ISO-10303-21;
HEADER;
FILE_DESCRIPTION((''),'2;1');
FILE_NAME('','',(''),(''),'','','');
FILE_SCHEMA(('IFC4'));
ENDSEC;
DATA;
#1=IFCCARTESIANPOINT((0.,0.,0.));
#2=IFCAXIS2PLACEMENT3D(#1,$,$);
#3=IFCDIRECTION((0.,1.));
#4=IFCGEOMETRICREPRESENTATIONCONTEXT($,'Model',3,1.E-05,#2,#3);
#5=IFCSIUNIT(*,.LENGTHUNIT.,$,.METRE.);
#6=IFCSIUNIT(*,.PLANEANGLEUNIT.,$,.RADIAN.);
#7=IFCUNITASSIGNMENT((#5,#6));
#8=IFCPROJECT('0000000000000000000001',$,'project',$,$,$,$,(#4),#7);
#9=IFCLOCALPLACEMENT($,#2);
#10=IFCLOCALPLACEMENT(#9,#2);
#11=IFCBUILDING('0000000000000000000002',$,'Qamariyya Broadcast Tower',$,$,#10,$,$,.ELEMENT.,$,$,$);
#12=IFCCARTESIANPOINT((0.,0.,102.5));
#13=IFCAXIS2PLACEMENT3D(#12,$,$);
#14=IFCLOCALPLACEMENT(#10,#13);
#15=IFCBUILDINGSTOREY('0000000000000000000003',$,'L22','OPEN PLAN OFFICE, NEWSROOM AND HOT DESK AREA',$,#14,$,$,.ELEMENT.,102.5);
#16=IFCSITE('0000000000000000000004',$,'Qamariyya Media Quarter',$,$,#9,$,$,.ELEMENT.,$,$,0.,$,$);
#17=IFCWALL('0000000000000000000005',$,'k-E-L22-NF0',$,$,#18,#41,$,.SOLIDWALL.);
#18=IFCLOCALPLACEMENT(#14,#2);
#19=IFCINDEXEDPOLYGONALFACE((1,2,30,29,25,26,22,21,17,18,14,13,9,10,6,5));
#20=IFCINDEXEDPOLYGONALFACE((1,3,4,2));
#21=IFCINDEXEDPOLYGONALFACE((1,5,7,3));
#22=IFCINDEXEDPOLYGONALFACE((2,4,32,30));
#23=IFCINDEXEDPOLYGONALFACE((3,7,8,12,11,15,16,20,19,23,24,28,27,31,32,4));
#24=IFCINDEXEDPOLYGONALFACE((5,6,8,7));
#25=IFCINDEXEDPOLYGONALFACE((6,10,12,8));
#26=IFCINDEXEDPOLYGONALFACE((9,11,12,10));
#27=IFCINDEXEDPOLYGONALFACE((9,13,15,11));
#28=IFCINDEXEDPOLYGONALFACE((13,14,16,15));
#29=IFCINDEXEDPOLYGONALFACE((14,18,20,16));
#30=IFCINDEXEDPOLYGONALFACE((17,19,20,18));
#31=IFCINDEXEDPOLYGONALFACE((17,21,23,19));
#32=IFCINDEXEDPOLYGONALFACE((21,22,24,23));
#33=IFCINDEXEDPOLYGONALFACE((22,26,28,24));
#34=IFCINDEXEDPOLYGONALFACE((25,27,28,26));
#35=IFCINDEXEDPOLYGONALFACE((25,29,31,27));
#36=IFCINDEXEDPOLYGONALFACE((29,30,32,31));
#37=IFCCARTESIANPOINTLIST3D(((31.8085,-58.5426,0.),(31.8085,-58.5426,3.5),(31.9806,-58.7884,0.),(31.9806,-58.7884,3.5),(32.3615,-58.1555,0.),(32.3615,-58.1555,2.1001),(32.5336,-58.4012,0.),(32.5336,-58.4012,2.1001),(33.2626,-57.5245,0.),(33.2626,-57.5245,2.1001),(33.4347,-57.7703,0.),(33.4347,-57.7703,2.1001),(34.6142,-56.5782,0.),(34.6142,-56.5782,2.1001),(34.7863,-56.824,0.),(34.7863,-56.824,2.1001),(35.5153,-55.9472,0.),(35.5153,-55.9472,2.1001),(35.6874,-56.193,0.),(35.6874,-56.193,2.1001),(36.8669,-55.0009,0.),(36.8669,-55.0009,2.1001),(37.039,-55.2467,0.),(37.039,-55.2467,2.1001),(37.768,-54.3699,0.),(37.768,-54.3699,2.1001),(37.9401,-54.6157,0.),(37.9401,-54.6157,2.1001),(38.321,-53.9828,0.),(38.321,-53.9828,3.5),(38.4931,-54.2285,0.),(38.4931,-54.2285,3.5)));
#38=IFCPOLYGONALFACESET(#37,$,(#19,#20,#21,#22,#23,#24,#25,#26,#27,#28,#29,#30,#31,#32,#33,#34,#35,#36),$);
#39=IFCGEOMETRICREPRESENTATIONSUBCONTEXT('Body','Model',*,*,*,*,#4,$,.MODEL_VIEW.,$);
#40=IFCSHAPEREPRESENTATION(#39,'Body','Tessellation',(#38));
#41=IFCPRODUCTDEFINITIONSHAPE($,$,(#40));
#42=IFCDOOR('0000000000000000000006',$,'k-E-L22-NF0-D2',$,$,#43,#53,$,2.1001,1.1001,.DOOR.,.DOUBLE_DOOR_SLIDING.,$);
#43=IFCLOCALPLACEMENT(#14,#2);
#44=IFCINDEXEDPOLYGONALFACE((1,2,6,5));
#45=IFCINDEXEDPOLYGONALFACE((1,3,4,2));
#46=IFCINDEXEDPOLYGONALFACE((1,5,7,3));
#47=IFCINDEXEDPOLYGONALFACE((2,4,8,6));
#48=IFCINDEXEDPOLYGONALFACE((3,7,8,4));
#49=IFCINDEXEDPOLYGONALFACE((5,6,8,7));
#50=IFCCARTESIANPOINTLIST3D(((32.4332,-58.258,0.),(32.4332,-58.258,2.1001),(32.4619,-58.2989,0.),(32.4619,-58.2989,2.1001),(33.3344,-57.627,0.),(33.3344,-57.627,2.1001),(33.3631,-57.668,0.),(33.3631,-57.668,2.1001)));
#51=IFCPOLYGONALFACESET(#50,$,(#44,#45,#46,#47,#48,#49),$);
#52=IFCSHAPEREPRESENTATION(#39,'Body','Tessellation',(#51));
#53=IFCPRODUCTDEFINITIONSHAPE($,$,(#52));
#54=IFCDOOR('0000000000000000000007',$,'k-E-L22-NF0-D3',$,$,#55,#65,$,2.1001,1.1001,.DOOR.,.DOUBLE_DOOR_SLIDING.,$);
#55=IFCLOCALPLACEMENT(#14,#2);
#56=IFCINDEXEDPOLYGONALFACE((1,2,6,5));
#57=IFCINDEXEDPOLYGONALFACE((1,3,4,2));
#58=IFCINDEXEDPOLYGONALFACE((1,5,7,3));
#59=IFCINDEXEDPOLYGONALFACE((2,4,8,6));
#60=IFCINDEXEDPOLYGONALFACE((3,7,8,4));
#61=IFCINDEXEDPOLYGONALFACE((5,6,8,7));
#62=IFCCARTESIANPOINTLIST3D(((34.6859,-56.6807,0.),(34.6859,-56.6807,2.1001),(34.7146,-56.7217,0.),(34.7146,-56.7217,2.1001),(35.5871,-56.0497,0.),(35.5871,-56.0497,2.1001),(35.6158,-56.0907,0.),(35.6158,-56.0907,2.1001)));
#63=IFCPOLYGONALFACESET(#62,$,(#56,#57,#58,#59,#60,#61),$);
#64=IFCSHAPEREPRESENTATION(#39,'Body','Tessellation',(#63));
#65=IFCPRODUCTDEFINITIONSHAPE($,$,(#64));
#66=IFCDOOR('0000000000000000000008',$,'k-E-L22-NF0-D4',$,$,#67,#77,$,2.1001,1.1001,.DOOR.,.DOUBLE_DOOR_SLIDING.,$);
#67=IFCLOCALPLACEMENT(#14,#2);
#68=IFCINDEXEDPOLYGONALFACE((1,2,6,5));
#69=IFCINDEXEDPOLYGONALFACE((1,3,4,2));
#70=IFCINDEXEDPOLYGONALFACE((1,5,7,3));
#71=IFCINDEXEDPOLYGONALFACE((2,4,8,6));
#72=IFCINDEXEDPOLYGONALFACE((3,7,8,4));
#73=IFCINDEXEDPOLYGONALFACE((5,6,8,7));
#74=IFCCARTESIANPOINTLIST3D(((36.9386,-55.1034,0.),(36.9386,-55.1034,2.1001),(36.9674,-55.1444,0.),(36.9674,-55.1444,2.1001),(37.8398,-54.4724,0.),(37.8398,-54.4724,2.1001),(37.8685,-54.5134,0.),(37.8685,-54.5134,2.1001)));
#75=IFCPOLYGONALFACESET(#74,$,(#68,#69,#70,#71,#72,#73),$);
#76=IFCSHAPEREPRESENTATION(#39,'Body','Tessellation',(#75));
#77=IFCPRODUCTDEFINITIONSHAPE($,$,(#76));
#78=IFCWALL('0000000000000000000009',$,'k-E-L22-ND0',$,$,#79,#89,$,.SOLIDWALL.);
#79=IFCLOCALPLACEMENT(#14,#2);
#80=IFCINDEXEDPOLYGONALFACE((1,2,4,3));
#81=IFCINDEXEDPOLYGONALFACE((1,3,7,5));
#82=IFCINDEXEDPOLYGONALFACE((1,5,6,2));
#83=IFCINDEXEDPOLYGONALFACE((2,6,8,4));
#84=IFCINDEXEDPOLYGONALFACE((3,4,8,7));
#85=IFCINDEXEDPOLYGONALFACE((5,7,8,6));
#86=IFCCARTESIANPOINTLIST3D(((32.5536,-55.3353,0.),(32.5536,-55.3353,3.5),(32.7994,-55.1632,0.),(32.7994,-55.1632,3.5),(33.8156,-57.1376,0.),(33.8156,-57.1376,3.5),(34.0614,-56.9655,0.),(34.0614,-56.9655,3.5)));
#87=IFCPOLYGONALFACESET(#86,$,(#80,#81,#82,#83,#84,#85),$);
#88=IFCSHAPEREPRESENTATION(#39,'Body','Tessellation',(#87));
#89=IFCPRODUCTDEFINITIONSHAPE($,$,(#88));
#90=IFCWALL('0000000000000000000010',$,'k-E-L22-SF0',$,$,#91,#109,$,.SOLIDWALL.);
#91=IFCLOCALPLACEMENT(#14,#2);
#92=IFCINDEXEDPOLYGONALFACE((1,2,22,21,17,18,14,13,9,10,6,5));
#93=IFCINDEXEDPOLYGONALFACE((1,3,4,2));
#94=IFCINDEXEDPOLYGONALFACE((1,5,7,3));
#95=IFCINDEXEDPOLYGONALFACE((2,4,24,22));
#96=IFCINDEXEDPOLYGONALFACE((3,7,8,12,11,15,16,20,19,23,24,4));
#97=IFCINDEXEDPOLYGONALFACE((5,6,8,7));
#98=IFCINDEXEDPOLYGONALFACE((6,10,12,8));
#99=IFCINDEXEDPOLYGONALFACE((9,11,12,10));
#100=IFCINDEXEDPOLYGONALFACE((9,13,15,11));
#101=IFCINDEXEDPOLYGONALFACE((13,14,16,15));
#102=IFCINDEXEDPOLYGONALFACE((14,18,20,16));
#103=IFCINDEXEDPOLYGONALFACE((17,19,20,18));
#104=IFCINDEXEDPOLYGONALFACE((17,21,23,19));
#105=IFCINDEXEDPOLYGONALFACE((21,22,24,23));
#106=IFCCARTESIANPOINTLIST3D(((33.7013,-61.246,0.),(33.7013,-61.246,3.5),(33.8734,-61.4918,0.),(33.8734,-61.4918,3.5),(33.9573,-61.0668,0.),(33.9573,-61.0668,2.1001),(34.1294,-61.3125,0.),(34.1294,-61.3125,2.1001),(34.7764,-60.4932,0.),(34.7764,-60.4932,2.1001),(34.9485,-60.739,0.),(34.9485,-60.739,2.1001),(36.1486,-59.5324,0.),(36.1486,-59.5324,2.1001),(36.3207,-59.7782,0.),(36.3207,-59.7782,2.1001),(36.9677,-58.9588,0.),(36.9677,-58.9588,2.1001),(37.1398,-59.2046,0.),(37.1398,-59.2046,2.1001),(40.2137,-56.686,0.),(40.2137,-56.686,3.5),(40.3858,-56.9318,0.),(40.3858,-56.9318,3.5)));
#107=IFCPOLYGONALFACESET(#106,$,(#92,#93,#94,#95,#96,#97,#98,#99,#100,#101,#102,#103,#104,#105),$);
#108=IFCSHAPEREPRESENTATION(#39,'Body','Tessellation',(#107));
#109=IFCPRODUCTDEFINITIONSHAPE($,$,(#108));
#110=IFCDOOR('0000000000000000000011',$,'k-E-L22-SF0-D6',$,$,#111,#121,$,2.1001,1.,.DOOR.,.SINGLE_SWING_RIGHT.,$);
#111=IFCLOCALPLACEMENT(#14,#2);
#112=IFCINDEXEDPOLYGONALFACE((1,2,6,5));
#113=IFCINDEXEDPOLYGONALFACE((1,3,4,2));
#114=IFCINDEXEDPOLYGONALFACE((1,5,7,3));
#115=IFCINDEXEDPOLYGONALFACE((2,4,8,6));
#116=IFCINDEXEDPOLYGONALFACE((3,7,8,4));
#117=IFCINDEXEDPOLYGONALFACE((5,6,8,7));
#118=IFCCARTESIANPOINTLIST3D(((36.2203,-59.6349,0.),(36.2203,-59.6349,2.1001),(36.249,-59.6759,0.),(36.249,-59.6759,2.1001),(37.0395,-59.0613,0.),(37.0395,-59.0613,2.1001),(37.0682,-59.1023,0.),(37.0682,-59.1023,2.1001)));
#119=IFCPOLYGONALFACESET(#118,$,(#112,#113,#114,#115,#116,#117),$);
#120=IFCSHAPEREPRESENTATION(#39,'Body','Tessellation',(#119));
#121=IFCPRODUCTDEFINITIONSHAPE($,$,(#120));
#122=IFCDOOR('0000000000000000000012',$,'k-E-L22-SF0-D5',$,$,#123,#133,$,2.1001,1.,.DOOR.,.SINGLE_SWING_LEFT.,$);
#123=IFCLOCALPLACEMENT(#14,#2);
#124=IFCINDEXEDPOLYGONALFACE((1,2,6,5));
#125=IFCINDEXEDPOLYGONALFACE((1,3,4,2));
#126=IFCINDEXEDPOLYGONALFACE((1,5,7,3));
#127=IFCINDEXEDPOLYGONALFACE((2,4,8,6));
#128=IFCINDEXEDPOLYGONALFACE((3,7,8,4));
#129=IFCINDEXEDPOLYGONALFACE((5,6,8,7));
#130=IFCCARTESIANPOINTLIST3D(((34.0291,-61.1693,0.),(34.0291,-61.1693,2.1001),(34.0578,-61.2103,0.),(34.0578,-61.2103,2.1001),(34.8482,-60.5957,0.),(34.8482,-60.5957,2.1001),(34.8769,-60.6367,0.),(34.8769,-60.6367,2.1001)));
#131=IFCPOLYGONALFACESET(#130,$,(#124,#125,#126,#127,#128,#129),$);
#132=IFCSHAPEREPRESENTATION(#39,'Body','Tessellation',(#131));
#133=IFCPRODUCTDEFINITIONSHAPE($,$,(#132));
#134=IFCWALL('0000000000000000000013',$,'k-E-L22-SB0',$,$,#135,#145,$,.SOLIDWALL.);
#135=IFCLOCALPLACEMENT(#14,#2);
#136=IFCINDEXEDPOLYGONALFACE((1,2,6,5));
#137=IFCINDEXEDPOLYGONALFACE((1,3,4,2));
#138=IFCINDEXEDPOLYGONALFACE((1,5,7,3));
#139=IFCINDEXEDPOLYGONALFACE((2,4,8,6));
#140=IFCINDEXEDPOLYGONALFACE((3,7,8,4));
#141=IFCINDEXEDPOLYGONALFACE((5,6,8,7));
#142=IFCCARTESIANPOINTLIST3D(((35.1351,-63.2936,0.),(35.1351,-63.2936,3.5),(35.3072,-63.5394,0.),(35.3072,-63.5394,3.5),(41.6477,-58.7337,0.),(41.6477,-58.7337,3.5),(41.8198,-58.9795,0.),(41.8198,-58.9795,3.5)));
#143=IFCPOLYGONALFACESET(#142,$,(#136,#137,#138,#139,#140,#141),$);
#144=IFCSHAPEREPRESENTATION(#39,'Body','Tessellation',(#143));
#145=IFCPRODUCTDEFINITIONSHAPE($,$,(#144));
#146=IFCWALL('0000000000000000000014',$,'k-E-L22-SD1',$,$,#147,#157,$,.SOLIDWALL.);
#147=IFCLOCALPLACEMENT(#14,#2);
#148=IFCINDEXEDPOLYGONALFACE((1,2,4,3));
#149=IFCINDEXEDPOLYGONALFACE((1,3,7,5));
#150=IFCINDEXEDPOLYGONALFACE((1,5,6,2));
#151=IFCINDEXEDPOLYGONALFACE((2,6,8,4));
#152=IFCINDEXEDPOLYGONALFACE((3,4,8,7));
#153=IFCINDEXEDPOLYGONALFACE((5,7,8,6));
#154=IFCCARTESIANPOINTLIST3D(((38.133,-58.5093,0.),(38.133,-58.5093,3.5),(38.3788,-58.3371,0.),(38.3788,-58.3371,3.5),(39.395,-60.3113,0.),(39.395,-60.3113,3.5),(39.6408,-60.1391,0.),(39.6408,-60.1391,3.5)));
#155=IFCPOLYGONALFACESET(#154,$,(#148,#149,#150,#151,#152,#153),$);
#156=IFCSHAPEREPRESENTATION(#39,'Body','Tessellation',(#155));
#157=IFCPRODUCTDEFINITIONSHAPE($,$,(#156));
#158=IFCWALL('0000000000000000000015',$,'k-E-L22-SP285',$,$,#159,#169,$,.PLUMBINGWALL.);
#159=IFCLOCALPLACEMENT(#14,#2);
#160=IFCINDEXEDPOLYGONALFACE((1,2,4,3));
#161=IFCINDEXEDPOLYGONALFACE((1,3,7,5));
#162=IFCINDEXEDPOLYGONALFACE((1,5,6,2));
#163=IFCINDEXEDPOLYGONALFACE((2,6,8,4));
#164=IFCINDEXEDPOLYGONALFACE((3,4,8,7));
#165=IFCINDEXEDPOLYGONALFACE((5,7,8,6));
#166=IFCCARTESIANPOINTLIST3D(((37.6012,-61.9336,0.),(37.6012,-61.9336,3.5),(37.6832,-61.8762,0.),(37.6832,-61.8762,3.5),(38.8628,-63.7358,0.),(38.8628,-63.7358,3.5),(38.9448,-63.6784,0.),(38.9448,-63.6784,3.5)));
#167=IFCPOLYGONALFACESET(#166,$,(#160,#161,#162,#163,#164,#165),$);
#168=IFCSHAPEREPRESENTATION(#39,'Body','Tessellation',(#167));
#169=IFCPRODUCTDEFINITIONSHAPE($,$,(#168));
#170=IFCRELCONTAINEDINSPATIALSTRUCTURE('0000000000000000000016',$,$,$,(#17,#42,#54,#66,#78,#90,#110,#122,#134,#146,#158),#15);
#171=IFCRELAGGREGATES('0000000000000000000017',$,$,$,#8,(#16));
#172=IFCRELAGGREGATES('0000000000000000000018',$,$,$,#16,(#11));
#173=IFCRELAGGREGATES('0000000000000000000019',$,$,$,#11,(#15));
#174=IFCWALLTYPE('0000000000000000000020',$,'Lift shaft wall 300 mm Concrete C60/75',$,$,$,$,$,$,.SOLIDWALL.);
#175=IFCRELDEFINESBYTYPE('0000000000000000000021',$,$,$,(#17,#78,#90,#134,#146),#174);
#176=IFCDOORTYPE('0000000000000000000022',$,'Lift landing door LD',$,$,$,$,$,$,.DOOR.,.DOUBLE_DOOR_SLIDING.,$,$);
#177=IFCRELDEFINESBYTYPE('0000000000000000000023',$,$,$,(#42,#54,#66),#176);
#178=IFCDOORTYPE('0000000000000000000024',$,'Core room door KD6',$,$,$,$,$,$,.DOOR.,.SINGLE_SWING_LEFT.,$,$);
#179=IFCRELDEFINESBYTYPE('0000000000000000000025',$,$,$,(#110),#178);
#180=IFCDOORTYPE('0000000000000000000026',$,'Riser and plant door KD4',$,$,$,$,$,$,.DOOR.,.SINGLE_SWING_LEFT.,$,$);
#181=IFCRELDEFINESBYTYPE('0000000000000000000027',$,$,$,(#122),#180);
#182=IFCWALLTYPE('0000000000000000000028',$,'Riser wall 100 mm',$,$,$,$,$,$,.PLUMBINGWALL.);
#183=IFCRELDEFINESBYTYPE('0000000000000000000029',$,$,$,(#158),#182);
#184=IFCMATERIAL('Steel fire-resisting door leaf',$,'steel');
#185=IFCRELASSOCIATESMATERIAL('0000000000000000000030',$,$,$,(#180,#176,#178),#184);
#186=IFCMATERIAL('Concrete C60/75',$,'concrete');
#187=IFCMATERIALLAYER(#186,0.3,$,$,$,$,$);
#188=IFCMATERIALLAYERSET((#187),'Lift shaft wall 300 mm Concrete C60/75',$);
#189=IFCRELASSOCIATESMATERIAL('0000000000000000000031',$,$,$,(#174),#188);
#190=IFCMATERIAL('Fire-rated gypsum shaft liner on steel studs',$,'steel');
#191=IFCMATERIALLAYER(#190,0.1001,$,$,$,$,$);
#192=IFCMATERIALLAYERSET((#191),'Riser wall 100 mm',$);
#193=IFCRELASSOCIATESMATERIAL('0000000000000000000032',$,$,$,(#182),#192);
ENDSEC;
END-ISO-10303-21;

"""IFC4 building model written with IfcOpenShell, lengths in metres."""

from ifc_helpers import new_model, si_unit, direction, frame, frame_2d, origin, place, context, subcontext, project, spatial, rectangle, extrude, material, layer, layer_set, type_object, element, fill, save


model = new_model("IFC4")

# Units and contexts
model_context = context("Model", 3, precision=1e-05, world=origin(), true_north=direction((0.0, 1.0)))
body_context = subcontext(model_context, "Body", "Model", "MODEL_VIEW")
ifc_project = project(units=[si_unit("LENGTHUNIT", "METRE"), si_unit("PLANEANGLEUNIT", "RADIAN")], contexts=[model_context])

# Site, building, storey
site_placement = place(None, origin())
site = spatial("IfcSite", under=ifc_project, at=site_placement, Name="Qamariyya Media Quarter", CompositionType="ELEMENT", RefElevation=0.0)
building_placement = place(site_placement, origin())
building = spatial("IfcBuilding", under=site, at=building_placement, Name="Qamariyya Broadcast Tower", CompositionType="ELEMENT")
storey_placement = place(building_placement, frame((0.0, 0.0, 102.5)))
storey = spatial("IfcBuildingStorey", under=building, at=storey_placement, Name="L22", Description="OPEN PLAN OFFICE, NEWSROOM AND HOT DESK AREA", CompositionType="ELEMENT", Elevation=102.5)

# Shared definitions
ifc_material_1 = material(Name="Steel fire-resisting door leaf", Category="steel")

# Shared definitions
door_type_1 = type_object("IfcDoorType", Name="Riser and plant door KD4", OperationType="SINGLE_SWING_LEFT", PredefinedType="DOOR", material=ifc_material_1)

# Wall, openings, doors
ifc_material_2 = material(Name="Concrete C60/75", Category="concrete")
ifc_layer_1 = layer(ifc_material_2, 0.3)
ifc_layer_set_1 = layer_set([ifc_layer_1], Name="Lift shaft wall 300 mm Concrete C60/75")
wall_type_1 = type_object("IfcWallType", Name="Lift shaft wall 300 mm Concrete C60/75", PredefinedType="SOLIDWALL", material=ifc_layer_set_1)
wall_1_placement = place(storey_placement, frame((31.8945, -58.6655, 0.0), z_axis=(0.0, 0.0, 1.0), x_axis=(0.819167, 0.573555, 0.0)))
wall_1 = element("IfcWall", 1, at=wall_1_placement, inside=storey, type_object=wall_type_1, Name="k-E-L22-NF0", PredefinedType="SOLIDWALL", context=body_context, shape_type="SweptSolid", body=[
    extrude(rectangle(XDim=7.9502, YDim=0.3, at=frame_2d((3.9751, 0.0))), origin(), (0.0, 0.0, 1.0), 3.5),
])
opening_1_placement = place(wall_1_placement, frame((0.675, 0.0, 0.0)))
opening_1 = element("IfcOpeningElement", 2, at=opening_1_placement, cuts=wall_1, PredefinedType="OPENING", context=body_context, shape_type="SweptSolid", body=[
    extrude(rectangle(XDim=1.1001, YDim=2.1001, at=frame_2d((0.55, 1.05))), frame((0.0, 0.1599, 0.0), z_axis=(0.0, -1.0, 0.0), x_axis=(1.0, 0.0, 0.0)), (0.0, 0.0, 1.0), 0.3201),
])
opening_2_placement = place(wall_1_placement, frame((3.425, 0.0, 0.0)))
opening_2 = element("IfcOpeningElement", 3, at=opening_2_placement, cuts=wall_1, PredefinedType="OPENING", context=body_context, shape_type="SweptSolid", body=[
    extrude(rectangle(XDim=1.1001, YDim=2.1001, at=frame_2d((0.55, 1.05))), frame((0.0, 0.1599, 0.0), z_axis=(0.0, -1.0, 0.0), x_axis=(1.0, 0.0, 0.0)), (0.0, 0.0, 1.0), 0.3201),
])
opening_3_placement = place(wall_1_placement, frame((6.175, 0.0, 0.0)))
opening_3 = element("IfcOpeningElement", 4, at=opening_3_placement, cuts=wall_1, PredefinedType="OPENING", context=body_context, shape_type="SweptSolid", body=[
    extrude(rectangle(XDim=1.1001, YDim=2.1001, at=frame_2d((0.55, 1.05))), frame((0.0, 0.1599, 0.0), z_axis=(0.0, -1.0, 0.0), x_axis=(1.0, 0.0, 0.0)), (0.0, 0.0, 1.0), 0.3201),
])
door_type_2 = type_object("IfcDoorType", Name="Lift landing door LD", OperationType="DOUBLE_DOOR_SLIDING", PredefinedType="DOOR", material=ifc_material_1)
door_1_placement = place(opening_1_placement, origin())
door_1 = element("IfcDoor", 5, at=door_1_placement, inside=storey, type_object=door_type_2, Name="k-E-L22-NF0-D2", OperationType="DOUBLE_DOOR_SLIDING", OverallHeight=2.1001, OverallWidth=1.1001, PredefinedType="DOOR", context=body_context, shape_type="SweptSolid", body=[
    extrude(rectangle(XDim=1.1001, YDim=2.1001, at=frame_2d((0.55, 1.05))), frame((0.0, 0.0249, 0.0), z_axis=(0.0, -1.0, 0.0), x_axis=(1.0, 0.0, 0.0)), (0.0, 0.0, 1.0), 0.05),
])
fill(opening_1, door_1)
door_2_placement = place(opening_2_placement, origin())
door_2 = element("IfcDoor", 6, at=door_2_placement, inside=storey, type_object=door_type_2, Name="k-E-L22-NF0-D3", OperationType="DOUBLE_DOOR_SLIDING", OverallHeight=2.1001, OverallWidth=1.1001, PredefinedType="DOOR", context=body_context, shape_type="SweptSolid", body=[
    extrude(rectangle(XDim=1.1001, YDim=2.1001, at=frame_2d((0.55, 1.05))), frame((0.0, 0.0249, 0.0), z_axis=(0.0, -1.0, 0.0), x_axis=(1.0, 0.0, 0.0)), (0.0, 0.0, 1.0), 0.05),
])
fill(opening_2, door_2)
door_3_placement = place(opening_3_placement, origin())
door_3 = element("IfcDoor", 7, at=door_3_placement, inside=storey, type_object=door_type_2, Name="k-E-L22-NF0-D4", OperationType="DOUBLE_DOOR_SLIDING", OverallHeight=2.1001, OverallWidth=1.1001, PredefinedType="DOOR", context=body_context, shape_type="SweptSolid", body=[
    extrude(rectangle(XDim=1.1001, YDim=2.1001, at=frame_2d((0.55, 1.05))), frame((0.0, 0.0249, 0.0), z_axis=(0.0, -1.0, 0.0), x_axis=(1.0, 0.0, 0.0)), (0.0, 0.0, 1.0), 0.05),
])
fill(opening_3, door_3)

# Wall
wall_2_placement = place(storey_placement, frame((33.9385, -57.0515, 0.0), z_axis=(0.0, 0.0, 1.0), x_axis=(-0.573581, 0.819149, 0.0)))
element("IfcWall", 8, at=wall_2_placement, inside=storey, type_object=wall_type_1, Name="k-E-L22-ND0", PredefinedType="SOLIDWALL", context=body_context, shape_type="SweptSolid", body=[
    extrude(rectangle(XDim=2.2002, YDim=0.3, at=frame_2d((1.1001, 0.0))), origin(), (0.0, 0.0, 1.0), 3.5),
])

# Wall, openings, doors
wall_3_placement = place(storey_placement, frame((33.7874, -61.3689, 0.0), z_axis=(0.0, 0.0, 1.0), x_axis=(0.819153, 0.573576, 0.0)))
wall_3 = element("IfcWall", 9, at=wall_3_placement, inside=storey, type_object=wall_type_1, Name="k-E-L22-SF0", PredefinedType="SOLIDWALL", context=body_context, shape_type="SweptSolid", body=[
    extrude(rectangle(XDim=7.9502, YDim=0.3, at=frame_2d((3.9751, 0.0))), origin(), (0.0, 0.0, 1.0), 3.5),
])
opening_4_placement = place(wall_3_placement, frame((0.3125, 0.0, 0.0)))
opening_4 = element("IfcOpeningElement", 10, at=opening_4_placement, cuts=wall_3, PredefinedType="OPENING", context=body_context, shape_type="SweptSolid", body=[
    extrude(rectangle(XDim=1.0, YDim=2.1001, at=frame_2d((0.5, 1.05))), frame((0.0, 0.1599, 0.0), z_axis=(0.0, -1.0, 0.0), x_axis=(1.0, 0.0, 0.0)), (0.0, 0.0, 1.0), 0.3201),
])
opening_5_placement = place(wall_3_placement, frame((2.9875, 0.0, 0.0)))
opening_5 = element("IfcOpeningElement", 11, at=opening_5_placement, cuts=wall_3, PredefinedType="OPENING", context=body_context, shape_type="SweptSolid", body=[
    extrude(rectangle(XDim=1.0, YDim=2.1001, at=frame_2d((0.5, 1.05))), frame((0.0, 0.1599, 0.0), z_axis=(0.0, -1.0, 0.0), x_axis=(1.0, 0.0, 0.0)), (0.0, 0.0, 1.0), 0.3201),
])
door_type_3 = type_object("IfcDoorType", Name="Core room door KD6", OperationType="SINGLE_SWING_LEFT", PredefinedType="DOOR", material=ifc_material_1)
door_4_placement = place(opening_5_placement, origin())
door_4 = element("IfcDoor", 12, at=door_4_placement, inside=storey, type_object=door_type_3, Name="k-E-L22-SF0-D6", OperationType="SINGLE_SWING_RIGHT", OverallHeight=2.1001, OverallWidth=1.0, PredefinedType="DOOR", context=body_context, shape_type="SweptSolid", body=[
    extrude(rectangle(XDim=1.0, YDim=2.1001, at=frame_2d((0.5, 1.05))), frame((0.0, 0.0249, 0.0), z_axis=(0.0, -1.0, 0.0), x_axis=(1.0, 0.0, 0.0)), (0.0, 0.0, 1.0), 0.05),
])
fill(opening_5, door_4)
door_5_placement = place(opening_4_placement, origin())
door_5 = element("IfcDoor", 13, at=door_5_placement, inside=storey, type_object=door_type_1, Name="k-E-L22-SF0-D5", OperationType="SINGLE_SWING_LEFT", OverallHeight=2.1001, OverallWidth=1.0, PredefinedType="DOOR", context=body_context, shape_type="SweptSolid", body=[
    extrude(rectangle(XDim=1.0, YDim=2.1001, at=frame_2d((0.5, 1.05))), frame((0.0, 0.0249, 0.0), z_axis=(0.0, -1.0, 0.0), x_axis=(1.0, 0.0, 0.0)), (0.0, 0.0, 1.0), 0.05),
])
fill(opening_4, door_5)

# Walls
wall_4_placement = place(storey_placement, frame((35.2212, -63.4165, 0.0), z_axis=(0.0, 0.0, 1.0), x_axis=(0.819167, 0.573555, 0.0)))
element("IfcWall", 14, at=wall_4_placement, inside=storey, type_object=wall_type_1, Name="k-E-L22-SB0", PredefinedType="SOLIDWALL", context=body_context, shape_type="SweptSolid", body=[
    extrude(rectangle(XDim=7.9502, YDim=0.3, at=frame_2d((3.9751, 0.0))), origin(), (0.0, 0.0, 1.0), 3.5),
])
wall_5_placement = place(storey_placement, frame((38.2559, -58.4231, 0.0), z_axis=(0.0, 0.0, 1.0), x_axis=(0.573634, -0.819112, 0.0)))
element("IfcWall", 15, at=wall_5_placement, inside=storey, type_object=wall_type_1, Name="k-E-L22-SD1", PredefinedType="SOLIDWALL", context=body_context, shape_type="SweptSolid", body=[
    extrude(rectangle(XDim=2.2, YDim=0.3, at=frame_2d((1.1001, 0.0))), origin(), (0.0, 0.0, 1.0), 3.5),
])
ifc_material_3 = material(Name="Fire-rated gypsum shaft liner on steel studs", Category="steel")
ifc_layer_2 = layer(ifc_material_3, 0.1001)
ifc_layer_set_2 = layer_set([ifc_layer_2], Name="Riser wall 100 mm")
wall_type_2 = type_object("IfcWallType", Name="Riser wall 100 mm", PredefinedType="PLUMBINGWALL", material=ifc_layer_set_2)
wall_6_placement = place(storey_placement, frame((37.6421, -61.9048, 0.0), z_axis=(0.0, 0.0, 1.0), x_axis=(0.573507, -0.819201, 0.0)))
element("IfcWall", 16, at=wall_6_placement, inside=storey, type_object=wall_type_2, Name="k-E-L22-SP285", PredefinedType="PLUMBINGWALL", context=body_context, shape_type="SweptSolid", body=[
    extrude(rectangle(XDim=2.2, YDim=0.1001, at=frame_2d((1.1001, 0.0))), origin(), (0.0, 0.0, 1.0), 3.5),
])

save(model, "model.ifc")
